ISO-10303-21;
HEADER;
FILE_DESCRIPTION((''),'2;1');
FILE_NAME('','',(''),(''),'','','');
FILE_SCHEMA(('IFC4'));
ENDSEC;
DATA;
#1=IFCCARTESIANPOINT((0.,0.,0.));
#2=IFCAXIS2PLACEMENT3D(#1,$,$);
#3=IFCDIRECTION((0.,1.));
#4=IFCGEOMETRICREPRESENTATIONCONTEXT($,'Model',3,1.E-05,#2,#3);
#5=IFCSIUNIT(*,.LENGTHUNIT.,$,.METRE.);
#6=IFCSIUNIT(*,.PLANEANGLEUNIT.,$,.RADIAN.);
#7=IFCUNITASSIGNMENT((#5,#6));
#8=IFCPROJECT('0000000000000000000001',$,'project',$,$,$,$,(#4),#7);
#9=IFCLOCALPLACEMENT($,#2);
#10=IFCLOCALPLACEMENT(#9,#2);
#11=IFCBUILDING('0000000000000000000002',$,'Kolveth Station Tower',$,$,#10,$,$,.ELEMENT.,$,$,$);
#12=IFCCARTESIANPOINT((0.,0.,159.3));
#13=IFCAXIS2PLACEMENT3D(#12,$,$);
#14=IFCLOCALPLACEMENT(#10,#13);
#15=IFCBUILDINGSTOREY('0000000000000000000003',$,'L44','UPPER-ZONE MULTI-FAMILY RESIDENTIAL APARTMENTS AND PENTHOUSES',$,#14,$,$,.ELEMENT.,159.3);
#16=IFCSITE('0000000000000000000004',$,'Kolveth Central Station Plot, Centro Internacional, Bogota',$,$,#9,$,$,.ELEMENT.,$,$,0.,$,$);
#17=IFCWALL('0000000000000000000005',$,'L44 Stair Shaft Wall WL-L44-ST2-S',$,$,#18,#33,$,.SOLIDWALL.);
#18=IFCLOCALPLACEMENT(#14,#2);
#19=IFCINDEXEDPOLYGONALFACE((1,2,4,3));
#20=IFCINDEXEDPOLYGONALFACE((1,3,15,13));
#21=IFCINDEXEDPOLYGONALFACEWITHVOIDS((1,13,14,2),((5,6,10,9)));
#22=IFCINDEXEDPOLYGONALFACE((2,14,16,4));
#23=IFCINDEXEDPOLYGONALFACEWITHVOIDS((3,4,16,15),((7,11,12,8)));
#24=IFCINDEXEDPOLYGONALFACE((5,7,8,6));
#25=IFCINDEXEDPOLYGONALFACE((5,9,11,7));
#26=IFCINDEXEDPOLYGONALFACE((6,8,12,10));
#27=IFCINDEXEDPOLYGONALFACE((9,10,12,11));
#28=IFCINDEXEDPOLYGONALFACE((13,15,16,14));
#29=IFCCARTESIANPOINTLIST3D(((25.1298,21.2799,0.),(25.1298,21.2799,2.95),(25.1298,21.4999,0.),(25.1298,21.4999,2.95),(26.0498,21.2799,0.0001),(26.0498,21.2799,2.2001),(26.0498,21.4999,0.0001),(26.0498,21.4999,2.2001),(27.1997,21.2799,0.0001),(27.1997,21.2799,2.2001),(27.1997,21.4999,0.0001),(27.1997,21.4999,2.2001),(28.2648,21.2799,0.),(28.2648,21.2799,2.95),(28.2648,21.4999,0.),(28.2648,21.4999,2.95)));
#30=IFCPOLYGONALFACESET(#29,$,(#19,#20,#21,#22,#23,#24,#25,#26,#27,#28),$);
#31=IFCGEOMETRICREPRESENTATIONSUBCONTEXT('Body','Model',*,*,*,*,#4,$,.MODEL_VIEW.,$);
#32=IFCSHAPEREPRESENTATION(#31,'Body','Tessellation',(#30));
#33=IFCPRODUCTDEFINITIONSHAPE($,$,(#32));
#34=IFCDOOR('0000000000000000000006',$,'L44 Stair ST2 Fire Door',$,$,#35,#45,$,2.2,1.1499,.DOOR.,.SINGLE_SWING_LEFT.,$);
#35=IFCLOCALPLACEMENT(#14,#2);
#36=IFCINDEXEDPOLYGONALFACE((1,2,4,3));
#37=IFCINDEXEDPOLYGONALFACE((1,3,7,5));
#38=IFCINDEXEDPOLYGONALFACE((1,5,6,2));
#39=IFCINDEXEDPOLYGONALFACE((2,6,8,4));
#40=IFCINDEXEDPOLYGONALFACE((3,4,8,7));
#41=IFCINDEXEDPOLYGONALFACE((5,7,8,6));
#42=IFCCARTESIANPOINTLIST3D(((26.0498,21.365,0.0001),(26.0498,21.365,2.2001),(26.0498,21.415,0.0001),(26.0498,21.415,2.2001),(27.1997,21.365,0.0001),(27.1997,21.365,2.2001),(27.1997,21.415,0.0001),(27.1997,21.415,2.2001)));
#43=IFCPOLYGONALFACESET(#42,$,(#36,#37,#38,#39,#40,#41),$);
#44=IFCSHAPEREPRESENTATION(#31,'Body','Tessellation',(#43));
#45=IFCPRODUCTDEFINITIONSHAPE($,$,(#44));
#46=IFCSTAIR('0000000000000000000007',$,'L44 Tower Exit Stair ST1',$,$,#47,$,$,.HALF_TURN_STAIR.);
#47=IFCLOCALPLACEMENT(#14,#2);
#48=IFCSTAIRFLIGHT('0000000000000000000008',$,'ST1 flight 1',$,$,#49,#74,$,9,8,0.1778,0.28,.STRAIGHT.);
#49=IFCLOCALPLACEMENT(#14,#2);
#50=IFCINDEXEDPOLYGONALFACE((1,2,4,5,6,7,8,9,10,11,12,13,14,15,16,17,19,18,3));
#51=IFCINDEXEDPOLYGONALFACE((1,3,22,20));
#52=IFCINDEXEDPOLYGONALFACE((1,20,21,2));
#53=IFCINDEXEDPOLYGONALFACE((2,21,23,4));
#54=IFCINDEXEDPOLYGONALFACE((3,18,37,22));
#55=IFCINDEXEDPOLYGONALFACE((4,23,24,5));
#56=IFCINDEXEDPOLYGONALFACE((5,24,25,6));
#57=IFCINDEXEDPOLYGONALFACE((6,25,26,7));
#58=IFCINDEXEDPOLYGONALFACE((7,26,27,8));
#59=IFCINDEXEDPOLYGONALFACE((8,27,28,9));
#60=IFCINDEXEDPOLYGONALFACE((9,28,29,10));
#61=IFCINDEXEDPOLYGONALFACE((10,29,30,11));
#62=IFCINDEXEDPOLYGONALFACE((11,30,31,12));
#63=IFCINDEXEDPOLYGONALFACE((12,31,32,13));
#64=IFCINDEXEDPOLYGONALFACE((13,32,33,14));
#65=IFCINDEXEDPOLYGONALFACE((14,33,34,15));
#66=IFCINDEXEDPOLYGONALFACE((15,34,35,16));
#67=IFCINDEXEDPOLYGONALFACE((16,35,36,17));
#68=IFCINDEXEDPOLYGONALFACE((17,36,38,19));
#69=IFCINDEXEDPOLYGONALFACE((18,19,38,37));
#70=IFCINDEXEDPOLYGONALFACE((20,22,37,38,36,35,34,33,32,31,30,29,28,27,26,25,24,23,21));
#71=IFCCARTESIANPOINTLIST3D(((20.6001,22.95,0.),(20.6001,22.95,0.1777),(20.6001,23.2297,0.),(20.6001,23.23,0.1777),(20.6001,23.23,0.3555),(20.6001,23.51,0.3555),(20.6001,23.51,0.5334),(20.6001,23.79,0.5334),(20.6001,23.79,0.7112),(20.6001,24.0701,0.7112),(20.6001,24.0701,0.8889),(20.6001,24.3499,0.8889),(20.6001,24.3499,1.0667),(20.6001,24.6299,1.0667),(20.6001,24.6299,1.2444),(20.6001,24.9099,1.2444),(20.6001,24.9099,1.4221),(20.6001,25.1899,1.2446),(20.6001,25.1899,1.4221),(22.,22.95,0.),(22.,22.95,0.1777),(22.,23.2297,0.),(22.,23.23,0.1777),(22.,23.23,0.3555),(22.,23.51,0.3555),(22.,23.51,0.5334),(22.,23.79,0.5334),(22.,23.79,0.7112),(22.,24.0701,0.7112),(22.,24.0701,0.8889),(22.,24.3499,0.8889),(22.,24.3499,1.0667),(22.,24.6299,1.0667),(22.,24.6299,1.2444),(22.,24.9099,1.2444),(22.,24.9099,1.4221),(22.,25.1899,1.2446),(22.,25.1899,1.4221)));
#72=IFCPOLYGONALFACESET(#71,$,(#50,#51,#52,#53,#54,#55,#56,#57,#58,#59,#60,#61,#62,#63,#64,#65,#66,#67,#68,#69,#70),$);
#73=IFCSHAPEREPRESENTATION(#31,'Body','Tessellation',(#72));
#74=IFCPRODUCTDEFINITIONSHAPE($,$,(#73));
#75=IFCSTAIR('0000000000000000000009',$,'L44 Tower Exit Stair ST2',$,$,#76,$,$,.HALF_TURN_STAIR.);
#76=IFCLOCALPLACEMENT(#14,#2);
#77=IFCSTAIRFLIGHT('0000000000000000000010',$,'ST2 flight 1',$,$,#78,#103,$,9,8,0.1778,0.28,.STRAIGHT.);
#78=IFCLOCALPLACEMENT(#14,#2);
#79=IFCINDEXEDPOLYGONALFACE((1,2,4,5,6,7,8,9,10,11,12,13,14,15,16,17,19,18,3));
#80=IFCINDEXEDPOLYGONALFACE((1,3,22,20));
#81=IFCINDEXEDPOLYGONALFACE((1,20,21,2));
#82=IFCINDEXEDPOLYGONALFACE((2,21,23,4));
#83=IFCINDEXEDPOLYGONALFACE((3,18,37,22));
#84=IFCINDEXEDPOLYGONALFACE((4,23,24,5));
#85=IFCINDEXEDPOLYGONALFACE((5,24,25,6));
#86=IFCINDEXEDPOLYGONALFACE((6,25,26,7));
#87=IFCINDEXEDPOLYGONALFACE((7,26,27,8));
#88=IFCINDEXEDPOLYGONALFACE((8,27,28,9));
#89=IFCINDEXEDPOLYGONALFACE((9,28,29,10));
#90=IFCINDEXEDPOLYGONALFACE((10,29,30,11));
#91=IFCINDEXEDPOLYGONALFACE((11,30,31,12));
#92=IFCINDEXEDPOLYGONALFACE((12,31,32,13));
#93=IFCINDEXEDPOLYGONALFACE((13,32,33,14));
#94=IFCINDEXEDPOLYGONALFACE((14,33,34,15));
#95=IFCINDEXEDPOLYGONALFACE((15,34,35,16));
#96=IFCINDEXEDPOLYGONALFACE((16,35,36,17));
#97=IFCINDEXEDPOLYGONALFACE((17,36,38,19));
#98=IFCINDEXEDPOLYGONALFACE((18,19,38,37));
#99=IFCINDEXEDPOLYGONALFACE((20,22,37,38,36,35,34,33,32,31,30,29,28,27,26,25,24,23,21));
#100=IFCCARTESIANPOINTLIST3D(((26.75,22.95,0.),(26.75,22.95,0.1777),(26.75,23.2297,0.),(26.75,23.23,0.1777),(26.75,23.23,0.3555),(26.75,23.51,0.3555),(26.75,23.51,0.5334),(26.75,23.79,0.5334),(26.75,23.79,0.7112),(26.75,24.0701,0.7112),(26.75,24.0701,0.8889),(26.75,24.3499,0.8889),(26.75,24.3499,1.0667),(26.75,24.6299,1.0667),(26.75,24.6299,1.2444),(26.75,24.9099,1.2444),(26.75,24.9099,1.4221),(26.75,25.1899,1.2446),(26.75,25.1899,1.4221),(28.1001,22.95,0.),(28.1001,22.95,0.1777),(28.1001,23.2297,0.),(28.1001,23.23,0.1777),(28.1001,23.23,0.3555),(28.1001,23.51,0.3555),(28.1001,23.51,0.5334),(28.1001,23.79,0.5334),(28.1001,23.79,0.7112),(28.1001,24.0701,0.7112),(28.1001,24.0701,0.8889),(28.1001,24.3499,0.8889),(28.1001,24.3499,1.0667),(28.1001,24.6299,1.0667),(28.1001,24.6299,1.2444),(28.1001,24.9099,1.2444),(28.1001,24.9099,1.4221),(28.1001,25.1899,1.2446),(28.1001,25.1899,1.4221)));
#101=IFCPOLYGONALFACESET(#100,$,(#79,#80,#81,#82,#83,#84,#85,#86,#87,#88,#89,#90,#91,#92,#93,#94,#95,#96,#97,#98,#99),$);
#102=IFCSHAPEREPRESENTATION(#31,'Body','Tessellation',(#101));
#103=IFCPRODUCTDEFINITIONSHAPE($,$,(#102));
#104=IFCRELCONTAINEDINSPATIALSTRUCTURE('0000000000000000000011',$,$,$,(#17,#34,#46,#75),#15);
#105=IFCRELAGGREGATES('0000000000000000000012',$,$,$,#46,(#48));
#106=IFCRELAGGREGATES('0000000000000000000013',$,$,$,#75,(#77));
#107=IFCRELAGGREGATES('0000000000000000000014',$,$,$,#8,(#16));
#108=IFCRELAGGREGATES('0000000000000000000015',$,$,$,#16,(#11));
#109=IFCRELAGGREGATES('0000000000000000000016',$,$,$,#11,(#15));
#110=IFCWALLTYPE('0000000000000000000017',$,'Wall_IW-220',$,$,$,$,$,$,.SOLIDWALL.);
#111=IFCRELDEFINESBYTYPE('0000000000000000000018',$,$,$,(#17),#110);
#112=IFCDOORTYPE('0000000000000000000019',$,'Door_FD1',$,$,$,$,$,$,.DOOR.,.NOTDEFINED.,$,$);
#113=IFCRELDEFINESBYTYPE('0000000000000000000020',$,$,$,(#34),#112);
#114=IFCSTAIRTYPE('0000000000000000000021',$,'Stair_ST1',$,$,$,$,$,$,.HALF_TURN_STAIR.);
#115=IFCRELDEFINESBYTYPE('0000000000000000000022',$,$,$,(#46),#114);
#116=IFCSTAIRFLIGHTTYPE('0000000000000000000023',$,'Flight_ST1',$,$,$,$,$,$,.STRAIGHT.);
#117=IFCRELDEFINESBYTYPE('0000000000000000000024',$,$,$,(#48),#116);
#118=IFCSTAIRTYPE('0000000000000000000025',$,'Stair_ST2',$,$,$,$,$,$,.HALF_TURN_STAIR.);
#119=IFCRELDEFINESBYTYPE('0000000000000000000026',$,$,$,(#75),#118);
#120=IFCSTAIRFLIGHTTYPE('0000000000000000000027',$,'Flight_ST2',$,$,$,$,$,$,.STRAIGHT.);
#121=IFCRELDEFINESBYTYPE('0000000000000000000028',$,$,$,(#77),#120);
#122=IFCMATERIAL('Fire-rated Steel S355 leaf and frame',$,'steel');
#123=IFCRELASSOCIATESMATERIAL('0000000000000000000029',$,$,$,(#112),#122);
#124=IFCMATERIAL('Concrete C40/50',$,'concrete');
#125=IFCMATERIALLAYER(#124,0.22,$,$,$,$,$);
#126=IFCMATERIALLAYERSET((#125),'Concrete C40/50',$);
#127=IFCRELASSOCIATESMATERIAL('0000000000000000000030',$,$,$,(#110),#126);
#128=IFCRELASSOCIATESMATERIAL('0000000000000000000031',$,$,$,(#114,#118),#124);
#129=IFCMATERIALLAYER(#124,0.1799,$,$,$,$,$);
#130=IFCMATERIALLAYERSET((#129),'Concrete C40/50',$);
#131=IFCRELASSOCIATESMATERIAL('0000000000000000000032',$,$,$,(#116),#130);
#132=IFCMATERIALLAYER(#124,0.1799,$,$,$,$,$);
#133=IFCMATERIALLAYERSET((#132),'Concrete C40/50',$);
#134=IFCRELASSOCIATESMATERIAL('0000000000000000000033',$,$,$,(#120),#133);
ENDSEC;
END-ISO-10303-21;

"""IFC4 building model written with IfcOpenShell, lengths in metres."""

from ifc_helpers import new_model, si_unit, direction, frame, frame_2d, origin, place, context, subcontext, project, spatial, polyline, rectangle, outline, extrude, material, layer, layer_set, type_object, element, fill, aggregate, save


model = new_model("IFC4")

# Units and contexts
model_context = context("Model", 3, precision=1e-05, world=origin(), true_north=direction((0.0, 1.0)))
body_context = subcontext(model_context, "Body", "Model", "MODEL_VIEW")
ifc_project = project(units=[si_unit("LENGTHUNIT", "METRE"), si_unit("PLANEANGLEUNIT", "RADIAN")], contexts=[model_context])

# Site, building, storey
site_placement = place(None, origin())
site = spatial("IfcSite", under=ifc_project, at=site_placement, Name="Kolveth Central Station Plot, Centro Internacional, Bogota", CompositionType="ELEMENT", RefElevation=0.0)
building_placement = place(site_placement, origin())
building = spatial("IfcBuilding", under=site, at=building_placement, Name="Kolveth Station Tower", CompositionType="ELEMENT")
storey_placement = place(building_placement, frame((0.0, 0.0, 159.3)))
storey = spatial("IfcBuildingStorey", under=building, at=storey_placement, Name="L44", Description="UPPER-ZONE MULTI-FAMILY RESIDENTIAL APARTMENTS AND PENTHOUSES", CompositionType="ELEMENT", Elevation=159.3)

# Shared definitions
ifc_material_1 = material(Name="Fire-rated Steel S355 leaf and frame", Category="steel")
door_type_1 = type_object("IfcDoorType", Name="Door_FD1", OperationType="NOTDEFINED", PredefinedType="DOOR", material=ifc_material_1)

# Shared definitions
ifc_material_2 = material(Name="Concrete C40/50", Category="concrete")
ifc_layer_1 = layer(ifc_material_2, 0.22)
ifc_layer_set_1 = layer_set([ifc_layer_1], Name="Concrete C40/50")
wall_type_1 = type_object("IfcWallType", Name="Wall_IW-220", PredefinedType="SOLIDWALL", material=ifc_layer_set_1)

# Wall, opening, door
wall_1_placement = place(storey_placement, frame((25.1299, 21.3899, 0.0), z_axis=(0.0, 0.0, 1.0), x_axis=(1.0, 0.0, 0.0)))
wall_1 = element("IfcWall", 1, at=wall_1_placement, inside=storey, type_object=wall_type_1, Name="L44 Stair Shaft Wall WL-L44-ST2-S", PredefinedType="SOLIDWALL", context=body_context, shape_type="SweptSolid", body=[
    extrude(rectangle(XDim=3.135, YDim=0.22, at=frame_2d((1.5674, 0.0))), origin(), (0.0, 0.0, 1.0), 2.95),
])
opening_1_placement = place(wall_1_placement, frame((0.9199, 0.0, 0.0)))
opening_1 = element("IfcOpeningElement", 2, at=opening_1_placement, cuts=wall_1, PredefinedType="OPENING", context=body_context, shape_type="SweptSolid", body=[
    extrude(rectangle(XDim=1.1499, YDim=2.2, at=frame_2d((0.575, 1.1001))), frame((0.0, 0.1199, 0.0), z_axis=(0.0, -1.0, 0.0), x_axis=(1.0, 0.0, 0.0)), (0.0, 0.0, 1.0), 0.24),
])
door_1_placement = place(opening_1_placement, frame((1.1499, 0.0, 0.0), z_axis=(0.0, 0.0, 1.0), x_axis=(-1.0, 0.0, 0.0)))
door_1 = element("IfcDoor", 3, at=door_1_placement, inside=storey, type_object=door_type_1, Name="L44 Stair ST2 Fire Door", OperationType="SINGLE_SWING_LEFT", OverallHeight=2.2, OverallWidth=1.1499, PredefinedType="DOOR", context=body_context, shape_type="SweptSolid", body=[
    extrude(rectangle(XDim=1.1499, YDim=2.2, at=frame_2d((0.575, 1.1001))), frame((0.0, 0.0249, 0.0), z_axis=(0.0, -1.0, 0.0), x_axis=(1.0, 0.0, 0.0)), (0.0, 0.0, 1.0), 0.05),
])
fill(opening_1, door_1)

# Stairs, stair flights
stair_type_1 = type_object("IfcStairType", Name="Stair_ST1", PredefinedType="HALF_TURN_STAIR", material=ifc_material_2)
stair_1_placement = place(storey_placement, origin())
stair_1 = element("IfcStair", 4, at=stair_1_placement, inside=storey, type_object=stair_type_1, Name="L44 Tower Exit Stair ST1", PredefinedType="HALF_TURN_STAIR")
ifc_layer_2 = layer(ifc_material_2, 0.1799)
ifc_layer_set_2 = layer_set([ifc_layer_2], Name="Concrete C40/50")
stair_flight_type_1 = type_object("IfcStairFlightType", Name="Flight_ST1", PredefinedType="STRAIGHT", material=ifc_layer_set_2)
stair_flight_1_placement = place(storey_placement, frame((21.3, 22.95, 0.0), z_axis=(0.0, 0.0, 1.0), x_axis=(0.0, 1.0, 0.0)))
stair_flight_1 = element("IfcStairFlight", 5, at=stair_flight_1_placement, type_object=stair_flight_type_1, Name="ST1 flight 1", NumberOfRisers=9, NumberOfTreads=8, PredefinedType="STRAIGHT", RiserHeight=0.1778, TreadLength=0.28, context=body_context, shape_type="SweptSolid", body=[
    extrude(outline(polyline([(0.0, 0.0), (0.0, 0.1777), (0.28, 0.1777), (0.28, 0.3555), (0.5601, 0.3555), (0.5601, 0.5334), (0.8401, 0.5334), (0.8401, 0.7112), (1.1201, 0.7112), (1.1201, 0.8889), (1.3999, 0.8889), (1.3999, 1.0667), (1.6799, 1.0667), (1.6799, 1.2444), (1.96, 1.2444), (1.96, 1.4221), (2.24, 1.4221), (2.24, 1.6001), (2.24, 1.2446), (0.2798, 0.0), (0.0, 0.0)])), frame((0.0, 0.7, 0.0), z_axis=(0.0, -1.0, 0.0), x_axis=(1.0, 0.0, 0.0)), (0.0, 0.0, 1.0), 1.3999),
])
aggregate(stair_1, [stair_flight_1])
stair_type_2 = type_object("IfcStairType", Name="Stair_ST2", PredefinedType="HALF_TURN_STAIR", material=ifc_material_2)
stair_2_placement = place(storey_placement, origin())
stair_2 = element("IfcStair", 6, at=stair_2_placement, inside=storey, type_object=stair_type_2, Name="L44 Tower Exit Stair ST2", PredefinedType="HALF_TURN_STAIR")
ifc_layer_3 = layer(ifc_material_2, 0.1799)
ifc_layer_set_3 = layer_set([ifc_layer_3], Name="Concrete C40/50")
stair_flight_type_2 = type_object("IfcStairFlightType", Name="Flight_ST2", PredefinedType="STRAIGHT", material=ifc_layer_set_3)
stair_flight_2_placement = place(storey_placement, frame((27.425, 22.95, 0.0), z_axis=(0.0, 0.0, 1.0), x_axis=(0.0, 1.0, 0.0)))
stair_flight_2 = element("IfcStairFlight", 7, at=stair_flight_2_placement, type_object=stair_flight_type_2, Name="ST2 flight 1", NumberOfRisers=9, NumberOfTreads=8, PredefinedType="STRAIGHT", RiserHeight=0.1778, TreadLength=0.28, context=body_context, shape_type="SweptSolid", body=[
    extrude(outline(polyline([(0.0, 0.0), (0.0, 0.1777), (0.28, 0.1777), (0.28, 0.3555), (0.5601, 0.3555), (0.5601, 0.5334), (0.8401, 0.5334), (0.8401, 0.7112), (1.1201, 0.7112), (1.1201, 0.8889), (1.3999, 0.8889), (1.3999, 1.0667), (1.6799, 1.0667), (1.6799, 1.2444), (1.96, 1.2444), (1.96, 1.4221), (2.24, 1.4221), (2.24, 1.6001), (2.24, 1.2446), (0.2798, 0.0), (0.0, 0.0)])), frame((0.0, 0.675, 0.0), z_axis=(0.0, -1.0, 0.0), x_axis=(1.0, 0.0, 0.0)), (0.0, 0.0, 1.0), 1.3501),
])
aggregate(stair_2, [stair_flight_2])

save(model, "model.ifc")
